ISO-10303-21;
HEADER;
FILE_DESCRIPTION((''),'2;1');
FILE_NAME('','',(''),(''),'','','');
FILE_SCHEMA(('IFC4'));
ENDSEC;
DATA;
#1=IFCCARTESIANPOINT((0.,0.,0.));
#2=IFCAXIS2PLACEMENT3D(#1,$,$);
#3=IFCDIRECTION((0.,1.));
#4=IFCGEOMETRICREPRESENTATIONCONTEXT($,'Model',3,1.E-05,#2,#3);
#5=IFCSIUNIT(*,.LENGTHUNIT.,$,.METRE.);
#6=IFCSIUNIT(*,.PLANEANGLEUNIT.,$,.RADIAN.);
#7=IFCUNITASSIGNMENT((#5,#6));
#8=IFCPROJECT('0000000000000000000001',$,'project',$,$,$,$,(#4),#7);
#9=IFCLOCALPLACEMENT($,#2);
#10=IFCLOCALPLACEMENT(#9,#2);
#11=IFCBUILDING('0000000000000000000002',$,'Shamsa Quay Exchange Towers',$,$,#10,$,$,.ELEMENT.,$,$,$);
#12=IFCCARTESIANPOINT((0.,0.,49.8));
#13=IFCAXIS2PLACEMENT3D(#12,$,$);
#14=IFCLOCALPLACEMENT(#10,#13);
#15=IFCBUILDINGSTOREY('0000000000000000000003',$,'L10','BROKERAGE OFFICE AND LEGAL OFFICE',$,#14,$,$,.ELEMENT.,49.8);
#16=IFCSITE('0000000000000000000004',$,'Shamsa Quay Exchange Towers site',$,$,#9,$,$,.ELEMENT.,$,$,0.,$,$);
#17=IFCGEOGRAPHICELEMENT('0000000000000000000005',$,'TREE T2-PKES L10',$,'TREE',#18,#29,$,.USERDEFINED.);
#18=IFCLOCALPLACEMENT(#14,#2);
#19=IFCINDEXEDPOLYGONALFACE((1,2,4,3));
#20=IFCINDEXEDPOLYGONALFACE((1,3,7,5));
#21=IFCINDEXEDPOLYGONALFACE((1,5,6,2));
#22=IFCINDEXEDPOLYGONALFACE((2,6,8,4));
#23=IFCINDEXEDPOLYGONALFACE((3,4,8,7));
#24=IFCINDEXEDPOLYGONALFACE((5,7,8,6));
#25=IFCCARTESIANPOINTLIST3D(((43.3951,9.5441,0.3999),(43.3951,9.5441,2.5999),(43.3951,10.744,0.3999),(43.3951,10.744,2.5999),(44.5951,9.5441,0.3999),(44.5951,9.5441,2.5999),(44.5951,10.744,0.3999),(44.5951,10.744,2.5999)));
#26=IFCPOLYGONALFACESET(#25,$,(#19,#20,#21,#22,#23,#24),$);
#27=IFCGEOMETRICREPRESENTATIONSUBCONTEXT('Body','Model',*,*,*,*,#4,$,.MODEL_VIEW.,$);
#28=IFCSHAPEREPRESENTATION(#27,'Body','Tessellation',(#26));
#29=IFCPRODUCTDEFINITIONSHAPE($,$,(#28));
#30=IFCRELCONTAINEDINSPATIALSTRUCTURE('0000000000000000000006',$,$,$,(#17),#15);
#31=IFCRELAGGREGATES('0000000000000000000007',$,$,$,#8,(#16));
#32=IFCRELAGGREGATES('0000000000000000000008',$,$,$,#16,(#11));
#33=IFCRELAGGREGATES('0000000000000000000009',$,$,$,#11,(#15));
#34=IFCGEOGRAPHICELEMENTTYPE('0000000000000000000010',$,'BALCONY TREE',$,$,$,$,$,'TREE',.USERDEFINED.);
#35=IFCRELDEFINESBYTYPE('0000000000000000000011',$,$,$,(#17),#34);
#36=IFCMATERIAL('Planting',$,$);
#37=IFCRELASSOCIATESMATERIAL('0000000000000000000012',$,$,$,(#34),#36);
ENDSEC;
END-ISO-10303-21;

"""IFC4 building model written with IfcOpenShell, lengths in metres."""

from ifc_helpers import new_model, si_unit, direction, frame, origin, origin_2d, place, context, subcontext, project, spatial, rectangle, extrude, material, type_object, element, save


model = new_model("IFC4")

# Units and contexts
model_context = context("Model", 3, precision=1e-05, world=origin(), true_north=direction((0.0, 1.0)))
body_context = subcontext(model_context, "Body", "Model", "MODEL_VIEW")
ifc_project = project(units=[si_unit("LENGTHUNIT", "METRE"), si_unit("PLANEANGLEUNIT", "RADIAN")], contexts=[model_context])

# Site, building, storey
site_placement = place(None, origin())
site = spatial("IfcSite", under=ifc_project, at=site_placement, Name="Shamsa Quay Exchange Towers site", CompositionType="ELEMENT", RefElevation=0.0)
building_placement = place(site_placement, origin())
building = spatial("IfcBuilding", under=site, at=building_placement, Name="Shamsa Quay Exchange Towers", CompositionType="ELEMENT")
storey_placement = place(building_placement, frame((0.0, 0.0, 49.8)))
storey = spatial("IfcBuildingStorey", under=building, at=storey_placement, Name="L10", Description="BROKERAGE OFFICE AND LEGAL OFFICE", CompositionType="ELEMENT", Elevation=49.8)

# Geographic element
ifc_material_1 = material(Name="Planting")
geographic_element_type = type_object("IfcGeographicElementType", Name="BALCONY TREE", ElementType="TREE", PredefinedType="USERDEFINED", material=ifc_material_1)
geographic_element_placement = place(storey_placement, frame((43.9951, 10.144, 0.3999), z_axis=(0.0, 0.0, 1.0), x_axis=(0.0, 1.0, 0.0)))
element("IfcGeographicElement", 1, at=geographic_element_placement, inside=storey, type_object=geographic_element_type, Name="TREE T2-PKES L10", ObjectType="TREE", PredefinedType="USERDEFINED", context=body_context, shape_type="SweptSolid", body=[
    extrude(rectangle(XDim=1.2, YDim=1.2, at=origin_2d()), origin(), (0.0, 0.0, 1.0), 2.2),
])

save(model, "model.ifc")
